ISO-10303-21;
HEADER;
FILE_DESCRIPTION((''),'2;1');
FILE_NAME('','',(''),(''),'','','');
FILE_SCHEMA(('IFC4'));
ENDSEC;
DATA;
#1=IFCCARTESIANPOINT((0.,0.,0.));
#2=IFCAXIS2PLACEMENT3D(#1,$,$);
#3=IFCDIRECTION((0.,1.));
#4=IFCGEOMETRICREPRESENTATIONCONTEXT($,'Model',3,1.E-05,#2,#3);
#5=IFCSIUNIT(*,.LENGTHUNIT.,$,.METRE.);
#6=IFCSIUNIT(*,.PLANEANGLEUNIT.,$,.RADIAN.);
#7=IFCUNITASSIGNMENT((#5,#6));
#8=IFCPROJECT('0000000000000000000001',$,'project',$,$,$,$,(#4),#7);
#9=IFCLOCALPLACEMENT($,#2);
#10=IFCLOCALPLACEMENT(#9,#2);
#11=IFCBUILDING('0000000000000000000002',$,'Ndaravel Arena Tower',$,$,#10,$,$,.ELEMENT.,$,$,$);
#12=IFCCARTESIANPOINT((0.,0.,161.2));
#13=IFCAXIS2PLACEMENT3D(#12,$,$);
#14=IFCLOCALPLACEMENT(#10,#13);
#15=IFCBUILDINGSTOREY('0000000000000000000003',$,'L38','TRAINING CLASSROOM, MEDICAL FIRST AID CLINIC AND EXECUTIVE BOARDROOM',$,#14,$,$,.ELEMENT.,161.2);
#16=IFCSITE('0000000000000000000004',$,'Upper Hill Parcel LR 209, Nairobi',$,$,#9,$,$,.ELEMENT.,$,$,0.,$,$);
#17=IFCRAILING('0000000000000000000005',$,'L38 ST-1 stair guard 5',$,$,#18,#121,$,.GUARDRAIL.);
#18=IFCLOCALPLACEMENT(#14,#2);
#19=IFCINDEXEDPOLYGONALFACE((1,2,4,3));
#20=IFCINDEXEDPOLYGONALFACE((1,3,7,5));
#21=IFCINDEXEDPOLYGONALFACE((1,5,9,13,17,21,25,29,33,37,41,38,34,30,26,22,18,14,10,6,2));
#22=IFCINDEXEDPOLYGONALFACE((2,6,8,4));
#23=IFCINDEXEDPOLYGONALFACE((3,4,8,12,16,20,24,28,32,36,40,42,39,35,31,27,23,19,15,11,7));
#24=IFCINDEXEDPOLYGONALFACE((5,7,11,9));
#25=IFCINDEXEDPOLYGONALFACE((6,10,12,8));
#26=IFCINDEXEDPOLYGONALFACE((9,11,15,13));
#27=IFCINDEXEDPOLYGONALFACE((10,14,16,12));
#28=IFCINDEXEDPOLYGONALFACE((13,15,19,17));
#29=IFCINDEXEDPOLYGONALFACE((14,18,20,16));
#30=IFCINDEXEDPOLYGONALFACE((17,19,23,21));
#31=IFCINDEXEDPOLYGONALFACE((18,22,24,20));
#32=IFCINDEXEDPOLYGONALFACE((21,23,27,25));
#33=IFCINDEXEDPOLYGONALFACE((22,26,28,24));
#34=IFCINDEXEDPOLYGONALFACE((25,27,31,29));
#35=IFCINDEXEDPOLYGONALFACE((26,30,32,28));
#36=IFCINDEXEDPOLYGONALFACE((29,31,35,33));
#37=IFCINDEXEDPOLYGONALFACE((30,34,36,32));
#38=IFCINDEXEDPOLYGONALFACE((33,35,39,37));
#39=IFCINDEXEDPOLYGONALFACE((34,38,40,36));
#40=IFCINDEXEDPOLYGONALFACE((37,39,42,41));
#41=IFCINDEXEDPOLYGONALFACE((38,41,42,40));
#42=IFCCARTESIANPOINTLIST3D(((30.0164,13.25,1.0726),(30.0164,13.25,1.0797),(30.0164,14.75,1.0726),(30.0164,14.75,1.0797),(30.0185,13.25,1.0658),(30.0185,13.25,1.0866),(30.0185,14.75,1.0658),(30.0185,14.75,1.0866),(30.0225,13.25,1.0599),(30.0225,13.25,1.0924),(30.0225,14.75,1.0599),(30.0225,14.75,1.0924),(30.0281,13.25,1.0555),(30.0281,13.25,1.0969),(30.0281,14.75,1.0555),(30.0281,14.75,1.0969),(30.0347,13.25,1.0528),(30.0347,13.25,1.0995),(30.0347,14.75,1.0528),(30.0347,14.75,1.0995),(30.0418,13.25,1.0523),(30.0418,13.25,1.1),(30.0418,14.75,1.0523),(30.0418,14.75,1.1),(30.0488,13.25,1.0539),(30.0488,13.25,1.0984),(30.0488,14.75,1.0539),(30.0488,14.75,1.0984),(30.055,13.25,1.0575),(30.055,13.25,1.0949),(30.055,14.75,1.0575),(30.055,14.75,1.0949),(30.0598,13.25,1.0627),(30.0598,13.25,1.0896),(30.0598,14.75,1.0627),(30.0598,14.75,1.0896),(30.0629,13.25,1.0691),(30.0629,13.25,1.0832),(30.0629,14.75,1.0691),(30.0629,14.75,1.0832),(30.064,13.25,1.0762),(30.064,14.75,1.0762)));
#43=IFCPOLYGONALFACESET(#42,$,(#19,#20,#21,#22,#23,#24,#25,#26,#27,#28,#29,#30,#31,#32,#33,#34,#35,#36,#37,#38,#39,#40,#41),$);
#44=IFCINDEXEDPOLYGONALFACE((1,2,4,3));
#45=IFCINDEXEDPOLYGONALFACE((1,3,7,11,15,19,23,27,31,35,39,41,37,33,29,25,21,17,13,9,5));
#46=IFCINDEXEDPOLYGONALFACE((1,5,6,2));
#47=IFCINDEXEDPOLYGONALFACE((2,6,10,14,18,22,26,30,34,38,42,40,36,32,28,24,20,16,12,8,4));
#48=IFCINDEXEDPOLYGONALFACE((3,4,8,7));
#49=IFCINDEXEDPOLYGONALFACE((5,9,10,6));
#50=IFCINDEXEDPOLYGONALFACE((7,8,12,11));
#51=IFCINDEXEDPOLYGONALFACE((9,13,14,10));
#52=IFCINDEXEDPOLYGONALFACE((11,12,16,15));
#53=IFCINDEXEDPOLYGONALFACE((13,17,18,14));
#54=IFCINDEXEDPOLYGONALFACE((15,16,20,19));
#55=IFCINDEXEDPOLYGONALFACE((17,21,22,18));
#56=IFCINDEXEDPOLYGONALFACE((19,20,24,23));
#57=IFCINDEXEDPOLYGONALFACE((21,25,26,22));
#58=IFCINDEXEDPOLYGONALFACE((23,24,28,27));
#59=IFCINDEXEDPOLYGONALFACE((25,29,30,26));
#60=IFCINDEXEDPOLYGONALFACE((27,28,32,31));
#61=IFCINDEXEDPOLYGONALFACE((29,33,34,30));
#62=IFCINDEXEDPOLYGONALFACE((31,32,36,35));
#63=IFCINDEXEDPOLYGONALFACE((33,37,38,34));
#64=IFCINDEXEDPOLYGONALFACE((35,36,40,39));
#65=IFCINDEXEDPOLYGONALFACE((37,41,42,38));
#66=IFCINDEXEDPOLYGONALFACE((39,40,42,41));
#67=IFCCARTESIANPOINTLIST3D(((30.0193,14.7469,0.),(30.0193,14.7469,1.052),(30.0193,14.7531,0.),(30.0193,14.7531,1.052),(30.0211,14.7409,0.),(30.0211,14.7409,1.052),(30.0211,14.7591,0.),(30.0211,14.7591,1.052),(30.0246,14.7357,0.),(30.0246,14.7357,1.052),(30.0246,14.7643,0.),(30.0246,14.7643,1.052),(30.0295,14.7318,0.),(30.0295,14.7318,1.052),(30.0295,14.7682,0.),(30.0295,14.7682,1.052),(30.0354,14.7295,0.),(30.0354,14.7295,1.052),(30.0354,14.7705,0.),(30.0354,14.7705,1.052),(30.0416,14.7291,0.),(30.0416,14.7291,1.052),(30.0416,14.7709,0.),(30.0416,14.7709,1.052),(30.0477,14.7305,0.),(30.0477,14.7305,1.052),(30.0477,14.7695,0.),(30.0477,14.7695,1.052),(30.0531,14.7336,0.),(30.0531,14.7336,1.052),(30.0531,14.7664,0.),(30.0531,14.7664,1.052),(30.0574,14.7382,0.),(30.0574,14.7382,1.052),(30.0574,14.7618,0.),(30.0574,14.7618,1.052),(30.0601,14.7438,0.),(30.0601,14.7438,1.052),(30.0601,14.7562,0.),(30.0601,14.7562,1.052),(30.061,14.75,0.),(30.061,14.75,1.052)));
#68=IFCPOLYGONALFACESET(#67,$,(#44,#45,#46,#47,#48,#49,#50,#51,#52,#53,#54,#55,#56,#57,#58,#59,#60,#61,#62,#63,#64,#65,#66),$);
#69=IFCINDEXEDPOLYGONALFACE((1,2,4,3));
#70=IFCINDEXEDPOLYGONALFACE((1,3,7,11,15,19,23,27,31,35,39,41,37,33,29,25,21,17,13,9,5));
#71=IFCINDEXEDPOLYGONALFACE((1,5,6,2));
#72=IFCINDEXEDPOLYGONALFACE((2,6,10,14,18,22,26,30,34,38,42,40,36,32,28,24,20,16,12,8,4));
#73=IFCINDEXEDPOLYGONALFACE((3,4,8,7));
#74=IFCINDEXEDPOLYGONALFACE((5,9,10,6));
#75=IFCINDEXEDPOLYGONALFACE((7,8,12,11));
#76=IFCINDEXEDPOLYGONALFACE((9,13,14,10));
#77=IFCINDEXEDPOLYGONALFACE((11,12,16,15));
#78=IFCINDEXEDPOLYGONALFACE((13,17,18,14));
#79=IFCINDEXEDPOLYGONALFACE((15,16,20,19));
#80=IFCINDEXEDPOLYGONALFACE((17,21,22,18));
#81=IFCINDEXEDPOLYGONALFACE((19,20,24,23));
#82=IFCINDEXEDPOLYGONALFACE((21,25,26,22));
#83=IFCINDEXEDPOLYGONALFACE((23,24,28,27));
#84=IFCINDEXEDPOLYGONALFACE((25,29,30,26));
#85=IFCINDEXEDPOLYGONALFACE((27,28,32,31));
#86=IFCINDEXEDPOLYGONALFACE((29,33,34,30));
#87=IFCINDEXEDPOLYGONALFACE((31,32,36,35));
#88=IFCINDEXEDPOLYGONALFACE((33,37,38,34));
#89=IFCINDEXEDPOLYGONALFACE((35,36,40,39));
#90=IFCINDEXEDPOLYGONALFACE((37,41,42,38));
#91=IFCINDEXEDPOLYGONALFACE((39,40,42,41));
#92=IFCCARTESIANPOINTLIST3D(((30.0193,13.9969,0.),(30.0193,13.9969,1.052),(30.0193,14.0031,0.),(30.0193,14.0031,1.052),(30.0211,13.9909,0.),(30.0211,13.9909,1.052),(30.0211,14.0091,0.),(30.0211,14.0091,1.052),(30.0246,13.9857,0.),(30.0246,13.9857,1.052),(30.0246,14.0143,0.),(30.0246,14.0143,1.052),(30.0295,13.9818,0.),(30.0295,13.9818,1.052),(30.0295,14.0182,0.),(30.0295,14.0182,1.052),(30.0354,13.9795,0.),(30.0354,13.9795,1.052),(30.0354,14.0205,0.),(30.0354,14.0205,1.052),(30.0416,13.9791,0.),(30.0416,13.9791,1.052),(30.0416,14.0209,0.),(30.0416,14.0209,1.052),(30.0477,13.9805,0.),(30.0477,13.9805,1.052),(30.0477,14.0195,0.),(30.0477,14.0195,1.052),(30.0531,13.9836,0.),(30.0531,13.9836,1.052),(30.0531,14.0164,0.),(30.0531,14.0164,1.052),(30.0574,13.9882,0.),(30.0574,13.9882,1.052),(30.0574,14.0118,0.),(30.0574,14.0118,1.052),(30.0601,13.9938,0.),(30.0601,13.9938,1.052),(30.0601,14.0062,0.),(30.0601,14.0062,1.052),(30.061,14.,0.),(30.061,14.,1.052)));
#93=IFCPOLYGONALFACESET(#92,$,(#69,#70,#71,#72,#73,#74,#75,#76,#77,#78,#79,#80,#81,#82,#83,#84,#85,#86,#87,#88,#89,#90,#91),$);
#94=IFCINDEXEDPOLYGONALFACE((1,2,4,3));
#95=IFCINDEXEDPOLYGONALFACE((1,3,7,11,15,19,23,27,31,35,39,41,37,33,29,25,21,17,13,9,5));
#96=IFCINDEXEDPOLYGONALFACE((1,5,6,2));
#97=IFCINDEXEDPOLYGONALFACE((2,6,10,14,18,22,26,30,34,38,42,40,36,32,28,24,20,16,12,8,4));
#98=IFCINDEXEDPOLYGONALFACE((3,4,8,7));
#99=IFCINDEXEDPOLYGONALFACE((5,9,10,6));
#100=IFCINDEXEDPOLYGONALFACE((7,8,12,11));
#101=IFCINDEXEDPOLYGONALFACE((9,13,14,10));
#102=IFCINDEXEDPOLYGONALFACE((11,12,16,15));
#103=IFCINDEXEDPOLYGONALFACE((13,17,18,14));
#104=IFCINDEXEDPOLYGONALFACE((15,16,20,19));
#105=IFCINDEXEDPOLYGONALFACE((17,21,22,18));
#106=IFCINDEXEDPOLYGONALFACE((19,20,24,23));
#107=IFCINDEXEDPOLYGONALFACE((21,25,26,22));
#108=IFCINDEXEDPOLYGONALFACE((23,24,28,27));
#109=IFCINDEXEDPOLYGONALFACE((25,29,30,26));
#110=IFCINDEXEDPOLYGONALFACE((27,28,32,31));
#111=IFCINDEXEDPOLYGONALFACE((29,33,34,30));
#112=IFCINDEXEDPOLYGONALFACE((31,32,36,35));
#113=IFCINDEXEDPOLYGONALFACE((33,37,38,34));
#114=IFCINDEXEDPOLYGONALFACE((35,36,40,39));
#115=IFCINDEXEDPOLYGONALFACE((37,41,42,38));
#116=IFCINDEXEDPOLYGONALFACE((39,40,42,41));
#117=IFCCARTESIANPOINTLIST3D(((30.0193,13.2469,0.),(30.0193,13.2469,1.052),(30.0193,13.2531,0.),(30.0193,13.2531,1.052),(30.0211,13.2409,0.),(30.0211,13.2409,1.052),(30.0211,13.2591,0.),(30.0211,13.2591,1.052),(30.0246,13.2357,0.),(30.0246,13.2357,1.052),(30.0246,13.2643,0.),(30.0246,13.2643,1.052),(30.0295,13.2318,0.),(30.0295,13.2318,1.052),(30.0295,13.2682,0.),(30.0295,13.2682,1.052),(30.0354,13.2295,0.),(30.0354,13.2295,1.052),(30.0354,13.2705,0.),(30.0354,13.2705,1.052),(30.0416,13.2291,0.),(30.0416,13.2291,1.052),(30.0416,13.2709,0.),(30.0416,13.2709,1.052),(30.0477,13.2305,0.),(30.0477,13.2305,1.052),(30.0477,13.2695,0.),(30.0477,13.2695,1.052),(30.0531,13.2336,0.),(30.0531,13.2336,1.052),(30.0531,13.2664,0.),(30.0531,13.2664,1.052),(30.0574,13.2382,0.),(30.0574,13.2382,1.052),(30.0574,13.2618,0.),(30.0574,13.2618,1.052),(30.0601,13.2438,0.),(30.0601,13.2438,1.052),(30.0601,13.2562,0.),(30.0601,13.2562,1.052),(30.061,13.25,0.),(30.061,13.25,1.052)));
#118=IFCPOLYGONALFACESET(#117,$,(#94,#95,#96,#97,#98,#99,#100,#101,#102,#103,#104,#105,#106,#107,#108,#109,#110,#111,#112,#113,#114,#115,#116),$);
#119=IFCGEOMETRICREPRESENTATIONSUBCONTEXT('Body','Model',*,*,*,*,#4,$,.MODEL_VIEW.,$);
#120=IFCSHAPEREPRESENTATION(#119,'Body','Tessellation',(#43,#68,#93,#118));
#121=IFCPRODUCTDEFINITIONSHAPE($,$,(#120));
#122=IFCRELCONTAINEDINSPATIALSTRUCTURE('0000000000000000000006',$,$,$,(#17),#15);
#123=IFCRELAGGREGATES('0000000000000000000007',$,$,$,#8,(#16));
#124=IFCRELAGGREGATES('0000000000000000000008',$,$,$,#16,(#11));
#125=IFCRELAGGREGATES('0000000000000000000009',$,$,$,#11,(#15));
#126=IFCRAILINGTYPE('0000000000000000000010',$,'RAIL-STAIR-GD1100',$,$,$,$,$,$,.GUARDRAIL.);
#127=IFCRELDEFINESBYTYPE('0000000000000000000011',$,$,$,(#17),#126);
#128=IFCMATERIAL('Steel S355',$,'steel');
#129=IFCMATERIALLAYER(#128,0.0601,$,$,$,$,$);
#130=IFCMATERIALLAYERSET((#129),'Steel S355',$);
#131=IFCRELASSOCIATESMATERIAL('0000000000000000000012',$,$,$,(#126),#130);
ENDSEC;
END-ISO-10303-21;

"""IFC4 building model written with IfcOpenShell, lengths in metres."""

from ifc_helpers import new_model, si_unit, direction, frame, origin, origin_2d, place, context, subcontext, project, spatial, circle, extrude, material, layer, layer_set, type_object, element, save


model = new_model("IFC4")

# Units and contexts
model_context = context("Model", 3, precision=1e-05, world=origin(), true_north=direction((0.0, 1.0)))
body_context = subcontext(model_context, "Body", "Model", "MODEL_VIEW")
ifc_project = project(units=[si_unit("LENGTHUNIT", "METRE"), si_unit("PLANEANGLEUNIT", "RADIAN")], contexts=[model_context])

# Site, building, storey
site_placement = place(None, origin())
site = spatial("IfcSite", under=ifc_project, at=site_placement, Name="Upper Hill Parcel LR 209, Nairobi", CompositionType="ELEMENT", RefElevation=0.0)
building_placement = place(site_placement, origin())
building = spatial("IfcBuilding", under=site, at=building_placement, Name="Ndaravel Arena Tower", CompositionType="ELEMENT")
storey_placement = place(building_placement, frame((0.0, 0.0, 161.2)))
storey = spatial("IfcBuildingStorey", under=building, at=storey_placement, Name="L38", Description="TRAINING CLASSROOM, MEDICAL FIRST AID CLINIC AND EXECUTIVE BOARDROOM", CompositionType="ELEMENT", Elevation=161.2)

# Railing
ifc_material_1 = material(Name="Steel S355", Category="steel")
ifc_layer_1 = layer(ifc_material_1, 0.0601)
ifc_layer_set_1 = layer_set([ifc_layer_1], Name="Steel S355")
railing_type = type_object("IfcRailingType", Name="RAIL-STAIR-GD1100", PredefinedType="GUARDRAIL", material=ifc_layer_set_1)
railing_placement = place(storey_placement, frame((30.04, 14.75, 0.0)))
element("IfcRailing", 1, at=railing_placement, inside=storey, type_object=railing_type, Name="L38 ST-1 stair guard 5", PredefinedType="GUARDRAIL", context=body_context, shape_type="SweptSolid", body=[
    extrude(circle(Radius=0.0239, at=origin_2d()), frame((0.0, 0.0, 1.0762), z_axis=(0.0, -1.0, 0.0), x_axis=(1.0, 0.0, 0.0)), (0.0, 0.0, 1.0), 1.5),
    extrude(circle(Radius=0.021, at=origin_2d()), origin(), (0.0, 0.0, 1.0), 1.052),
    extrude(circle(Radius=0.021, at=origin_2d()), frame((0.0, -0.75, 0.0)), (0.0, 0.0, 1.0), 1.052),
    extrude(circle(Radius=0.021, at=origin_2d()), frame((0.0, -1.5, 0.0)), (0.0, 0.0, 1.0), 1.052),
])

save(model, "model.ifc")
